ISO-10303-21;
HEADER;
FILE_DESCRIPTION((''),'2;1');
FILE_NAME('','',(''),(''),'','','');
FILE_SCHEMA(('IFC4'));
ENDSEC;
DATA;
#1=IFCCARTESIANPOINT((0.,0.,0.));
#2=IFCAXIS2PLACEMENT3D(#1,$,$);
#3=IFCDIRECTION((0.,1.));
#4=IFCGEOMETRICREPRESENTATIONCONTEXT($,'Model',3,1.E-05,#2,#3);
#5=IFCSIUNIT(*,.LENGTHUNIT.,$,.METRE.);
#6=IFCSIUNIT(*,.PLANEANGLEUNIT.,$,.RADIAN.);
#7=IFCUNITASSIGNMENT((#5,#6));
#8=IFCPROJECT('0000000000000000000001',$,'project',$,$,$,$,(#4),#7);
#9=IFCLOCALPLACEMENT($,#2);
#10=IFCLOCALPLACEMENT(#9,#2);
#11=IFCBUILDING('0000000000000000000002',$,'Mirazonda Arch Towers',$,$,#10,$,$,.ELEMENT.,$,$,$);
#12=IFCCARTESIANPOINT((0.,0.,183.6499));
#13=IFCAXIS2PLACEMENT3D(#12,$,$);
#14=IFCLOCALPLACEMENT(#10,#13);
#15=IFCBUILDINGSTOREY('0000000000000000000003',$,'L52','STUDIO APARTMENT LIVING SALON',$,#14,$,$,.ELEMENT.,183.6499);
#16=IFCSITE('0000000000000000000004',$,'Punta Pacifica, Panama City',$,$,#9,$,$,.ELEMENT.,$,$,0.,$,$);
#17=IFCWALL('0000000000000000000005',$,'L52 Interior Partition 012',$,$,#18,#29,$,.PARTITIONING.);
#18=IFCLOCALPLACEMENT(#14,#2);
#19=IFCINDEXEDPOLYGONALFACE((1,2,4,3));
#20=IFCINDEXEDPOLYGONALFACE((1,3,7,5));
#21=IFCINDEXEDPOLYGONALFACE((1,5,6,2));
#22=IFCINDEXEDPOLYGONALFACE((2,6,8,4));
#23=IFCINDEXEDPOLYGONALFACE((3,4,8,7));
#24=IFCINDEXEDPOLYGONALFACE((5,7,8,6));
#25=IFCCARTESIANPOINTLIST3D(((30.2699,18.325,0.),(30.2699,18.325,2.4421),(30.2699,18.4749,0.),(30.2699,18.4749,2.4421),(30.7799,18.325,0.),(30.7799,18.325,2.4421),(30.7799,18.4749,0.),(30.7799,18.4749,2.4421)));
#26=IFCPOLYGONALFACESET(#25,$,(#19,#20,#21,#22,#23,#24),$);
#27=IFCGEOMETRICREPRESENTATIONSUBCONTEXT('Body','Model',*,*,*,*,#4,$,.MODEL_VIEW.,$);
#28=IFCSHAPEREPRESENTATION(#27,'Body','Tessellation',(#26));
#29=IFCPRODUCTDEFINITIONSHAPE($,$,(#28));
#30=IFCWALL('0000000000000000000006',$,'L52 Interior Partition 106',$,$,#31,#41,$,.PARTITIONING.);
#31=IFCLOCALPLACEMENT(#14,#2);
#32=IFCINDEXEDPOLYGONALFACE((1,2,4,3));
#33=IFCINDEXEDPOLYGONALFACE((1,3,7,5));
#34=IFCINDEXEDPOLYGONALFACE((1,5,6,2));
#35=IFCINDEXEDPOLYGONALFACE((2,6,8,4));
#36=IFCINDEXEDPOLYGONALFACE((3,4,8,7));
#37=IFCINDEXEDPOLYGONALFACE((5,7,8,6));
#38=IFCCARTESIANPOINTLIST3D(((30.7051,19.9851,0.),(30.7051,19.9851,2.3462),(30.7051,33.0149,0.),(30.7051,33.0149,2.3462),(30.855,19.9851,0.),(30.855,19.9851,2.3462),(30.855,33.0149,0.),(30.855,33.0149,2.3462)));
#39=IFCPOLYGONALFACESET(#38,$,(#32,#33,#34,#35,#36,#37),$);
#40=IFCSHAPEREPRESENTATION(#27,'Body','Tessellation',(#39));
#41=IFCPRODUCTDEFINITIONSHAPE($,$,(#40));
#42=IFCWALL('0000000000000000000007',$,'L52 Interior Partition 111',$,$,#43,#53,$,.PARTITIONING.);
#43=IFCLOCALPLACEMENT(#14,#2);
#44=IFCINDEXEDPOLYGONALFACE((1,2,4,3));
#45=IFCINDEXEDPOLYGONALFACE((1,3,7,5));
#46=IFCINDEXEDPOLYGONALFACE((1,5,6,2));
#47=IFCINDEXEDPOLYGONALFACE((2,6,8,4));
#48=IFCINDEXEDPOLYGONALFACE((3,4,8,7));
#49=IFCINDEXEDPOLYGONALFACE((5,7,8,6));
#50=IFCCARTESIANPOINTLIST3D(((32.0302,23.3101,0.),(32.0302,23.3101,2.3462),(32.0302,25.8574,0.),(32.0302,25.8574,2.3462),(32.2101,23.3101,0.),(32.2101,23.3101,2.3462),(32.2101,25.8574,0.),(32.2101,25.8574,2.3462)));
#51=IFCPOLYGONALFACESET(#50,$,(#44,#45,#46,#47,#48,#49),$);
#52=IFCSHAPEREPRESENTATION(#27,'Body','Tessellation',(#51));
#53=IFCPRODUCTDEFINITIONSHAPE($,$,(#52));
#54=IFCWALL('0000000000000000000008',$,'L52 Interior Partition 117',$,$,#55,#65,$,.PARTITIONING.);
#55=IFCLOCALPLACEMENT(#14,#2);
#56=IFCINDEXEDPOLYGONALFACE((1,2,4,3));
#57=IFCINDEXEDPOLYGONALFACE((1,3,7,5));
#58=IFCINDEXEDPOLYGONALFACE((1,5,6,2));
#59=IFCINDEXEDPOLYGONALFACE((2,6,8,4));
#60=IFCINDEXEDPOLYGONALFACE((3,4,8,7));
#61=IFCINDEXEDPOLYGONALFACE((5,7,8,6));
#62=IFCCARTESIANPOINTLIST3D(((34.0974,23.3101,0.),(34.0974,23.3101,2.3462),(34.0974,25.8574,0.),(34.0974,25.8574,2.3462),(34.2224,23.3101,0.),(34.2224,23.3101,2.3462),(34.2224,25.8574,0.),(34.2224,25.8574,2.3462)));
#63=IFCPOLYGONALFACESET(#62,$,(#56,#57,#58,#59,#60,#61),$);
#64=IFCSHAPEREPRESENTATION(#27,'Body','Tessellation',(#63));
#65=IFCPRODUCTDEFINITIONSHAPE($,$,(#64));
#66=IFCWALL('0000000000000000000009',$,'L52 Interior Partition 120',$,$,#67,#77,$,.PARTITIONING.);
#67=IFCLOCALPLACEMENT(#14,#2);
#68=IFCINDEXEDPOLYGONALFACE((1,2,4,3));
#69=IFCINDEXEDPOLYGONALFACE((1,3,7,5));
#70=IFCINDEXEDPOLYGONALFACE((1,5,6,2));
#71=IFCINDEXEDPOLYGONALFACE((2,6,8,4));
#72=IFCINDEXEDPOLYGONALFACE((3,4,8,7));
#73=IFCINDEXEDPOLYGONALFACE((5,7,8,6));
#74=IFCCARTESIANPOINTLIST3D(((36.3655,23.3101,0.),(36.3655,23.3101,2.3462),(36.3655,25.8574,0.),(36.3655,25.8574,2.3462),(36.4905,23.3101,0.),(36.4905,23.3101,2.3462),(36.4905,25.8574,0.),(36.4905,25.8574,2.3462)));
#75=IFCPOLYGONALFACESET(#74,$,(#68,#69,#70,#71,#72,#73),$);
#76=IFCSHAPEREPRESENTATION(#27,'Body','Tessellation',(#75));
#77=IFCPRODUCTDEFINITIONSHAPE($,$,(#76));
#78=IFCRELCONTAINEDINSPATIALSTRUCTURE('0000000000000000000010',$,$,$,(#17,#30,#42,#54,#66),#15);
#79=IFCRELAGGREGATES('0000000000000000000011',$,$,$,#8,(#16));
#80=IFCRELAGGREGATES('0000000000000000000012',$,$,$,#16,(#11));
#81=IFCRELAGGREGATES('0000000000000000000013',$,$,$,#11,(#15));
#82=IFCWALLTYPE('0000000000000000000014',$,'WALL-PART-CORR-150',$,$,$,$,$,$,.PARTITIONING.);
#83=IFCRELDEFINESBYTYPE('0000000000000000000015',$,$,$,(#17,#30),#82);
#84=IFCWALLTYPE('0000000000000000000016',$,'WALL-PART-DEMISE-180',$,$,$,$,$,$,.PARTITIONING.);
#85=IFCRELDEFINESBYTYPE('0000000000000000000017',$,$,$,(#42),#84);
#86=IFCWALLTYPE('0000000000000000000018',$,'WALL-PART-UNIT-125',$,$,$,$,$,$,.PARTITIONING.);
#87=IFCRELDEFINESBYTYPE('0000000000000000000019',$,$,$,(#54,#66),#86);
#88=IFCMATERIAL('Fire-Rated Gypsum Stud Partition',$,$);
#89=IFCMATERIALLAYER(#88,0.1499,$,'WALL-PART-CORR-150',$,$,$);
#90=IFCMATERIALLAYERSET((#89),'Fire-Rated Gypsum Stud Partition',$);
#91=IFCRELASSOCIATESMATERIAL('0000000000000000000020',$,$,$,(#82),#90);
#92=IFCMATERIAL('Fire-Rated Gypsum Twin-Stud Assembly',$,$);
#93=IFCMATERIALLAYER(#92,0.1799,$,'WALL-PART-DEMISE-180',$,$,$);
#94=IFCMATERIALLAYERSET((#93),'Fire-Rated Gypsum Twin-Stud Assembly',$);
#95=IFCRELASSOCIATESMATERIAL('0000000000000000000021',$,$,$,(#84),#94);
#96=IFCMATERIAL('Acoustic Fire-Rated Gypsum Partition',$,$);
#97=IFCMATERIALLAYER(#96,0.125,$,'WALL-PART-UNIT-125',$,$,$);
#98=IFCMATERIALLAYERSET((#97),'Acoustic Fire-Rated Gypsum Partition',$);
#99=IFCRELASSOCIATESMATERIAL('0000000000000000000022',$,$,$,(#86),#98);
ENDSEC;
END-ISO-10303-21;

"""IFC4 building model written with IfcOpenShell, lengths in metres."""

from ifc_helpers import new_model, si_unit, direction, frame, frame_2d, origin, place, context, subcontext, project, spatial, rectangle, extrude, material, layer, layer_set, type_object, element, save


model = new_model("IFC4")

# Units and contexts
model_context = context("Model", 3, precision=1e-05, world=origin(), true_north=direction((0.0, 1.0)))
body_context = subcontext(model_context, "Body", "Model", "MODEL_VIEW")
ifc_project = project(units=[si_unit("LENGTHUNIT", "METRE"), si_unit("PLANEANGLEUNIT", "RADIAN")], contexts=[model_context])

# Site, building, storey
site_placement = place(None, origin())
site = spatial("IfcSite", under=ifc_project, at=site_placement, Name="Punta Pacifica, Panama City", CompositionType="ELEMENT", RefElevation=0.0)
building_placement = place(site_placement, origin())
building = spatial("IfcBuilding", under=site, at=building_placement, Name="Mirazonda Arch Towers", CompositionType="ELEMENT")
storey_placement = place(building_placement, frame((0.0, 0.0, 183.6499)))
storey = spatial("IfcBuildingStorey", under=building, at=storey_placement, Name="L52", Description="STUDIO APARTMENT LIVING SALON", CompositionType="ELEMENT", Elevation=183.6499)

# Walls
ifc_material_1 = material(Name="Fire-Rated Gypsum Stud Partition")
ifc_layer_1 = layer(ifc_material_1, 0.1499, Name="WALL-PART-CORR-150")
ifc_layer_set_1 = layer_set([ifc_layer_1], Name="Fire-Rated Gypsum Stud Partition")
wall_type_1 = type_object("IfcWallType", Name="WALL-PART-CORR-150", PredefinedType="PARTITIONING", material=ifc_layer_set_1)
wall_1_placement = place(storey_placement, frame((30.27, 18.3999, 0.0), z_axis=(0.0, 0.0, 1.0), x_axis=(1.0, 0.0, 0.0)))
element("IfcWall", 1, at=wall_1_placement, inside=storey, type_object=wall_type_1, Name="L52 Interior Partition 012", PredefinedType="PARTITIONING", context=body_context, shape_type="SweptSolid", body=[
    extrude(rectangle(XDim=0.51, YDim=0.1499, at=frame_2d((0.2549, 0.0))), origin(), (0.0, 0.0, 1.0), 2.4421),
])
wall_2_placement = place(storey_placement, frame((30.78, 19.9851, 0.0), z_axis=(0.0, 0.0, 1.0), x_axis=(0.0, 1.0, 0.0)))
element("IfcWall", 2, at=wall_2_placement, inside=storey, type_object=wall_type_1, Name="L52 Interior Partition 106", PredefinedType="PARTITIONING", context=body_context, shape_type="SweptSolid", body=[
    extrude(rectangle(XDim=13.0298, YDim=0.1499, at=frame_2d((6.5149, 0.0))), origin(), (0.0, 0.0, 1.0), 2.3462),
])

# Shared definitions
ifc_material_2 = material(Name="Fire-Rated Gypsum Twin-Stud Assembly")
ifc_layer_2 = layer(ifc_material_2, 0.1799, Name="WALL-PART-DEMISE-180")
ifc_layer_set_2 = layer_set([ifc_layer_2], Name="Fire-Rated Gypsum Twin-Stud Assembly")
wall_type_2 = type_object("IfcWallType", Name="WALL-PART-DEMISE-180", PredefinedType="PARTITIONING", material=ifc_layer_set_2)

# Walls
wall_3_placement = place(storey_placement, frame((32.1201, 23.3101, 0.0), z_axis=(0.0, 0.0, 1.0), x_axis=(0.0, 1.0, 0.0)))
element("IfcWall", 3, at=wall_3_placement, inside=storey, type_object=wall_type_2, Name="L52 Interior Partition 111", PredefinedType="PARTITIONING", context=body_context, shape_type="SweptSolid", body=[
    extrude(rectangle(XDim=2.5474, YDim=0.1799, at=frame_2d((1.2737, 0.0))), origin(), (0.0, 0.0, 1.0), 2.3462),
])
ifc_material_3 = material(Name="Acoustic Fire-Rated Gypsum Partition")
ifc_layer_3 = layer(ifc_material_3, 0.125, Name="WALL-PART-UNIT-125")
ifc_layer_set_3 = layer_set([ifc_layer_3], Name="Acoustic Fire-Rated Gypsum Partition")
wall_type_3 = type_object("IfcWallType", Name="WALL-PART-UNIT-125", PredefinedType="PARTITIONING", material=ifc_layer_set_3)
for number, where, z_axis, x_axis, name in (
    (4, (34.1599, 23.3101, 0.0), (0.0, 0.0, 1.0), (0.0, 1.0, 0.0), "L52 Interior Partition 117"),
    (5, (36.428, 23.3101, 0.0), (0.0, 0.0, 1.0), (0.0, 1.0, 0.0), "L52 Interior Partition 120"),
):
    element("IfcWall", number, at=place(storey_placement, frame(where, z_axis=z_axis, x_axis=x_axis)), inside=storey, type_object=wall_type_3, Name=name, PredefinedType="PARTITIONING", context=body_context, shape_type="SweptSolid", body=[
        extrude(rectangle(XDim=2.5474, YDim=0.125, at=frame_2d((1.2737, 0.0))), origin(), (0.0, 0.0, 1.0), 2.3462),
    ])

save(model, "model.ifc")
